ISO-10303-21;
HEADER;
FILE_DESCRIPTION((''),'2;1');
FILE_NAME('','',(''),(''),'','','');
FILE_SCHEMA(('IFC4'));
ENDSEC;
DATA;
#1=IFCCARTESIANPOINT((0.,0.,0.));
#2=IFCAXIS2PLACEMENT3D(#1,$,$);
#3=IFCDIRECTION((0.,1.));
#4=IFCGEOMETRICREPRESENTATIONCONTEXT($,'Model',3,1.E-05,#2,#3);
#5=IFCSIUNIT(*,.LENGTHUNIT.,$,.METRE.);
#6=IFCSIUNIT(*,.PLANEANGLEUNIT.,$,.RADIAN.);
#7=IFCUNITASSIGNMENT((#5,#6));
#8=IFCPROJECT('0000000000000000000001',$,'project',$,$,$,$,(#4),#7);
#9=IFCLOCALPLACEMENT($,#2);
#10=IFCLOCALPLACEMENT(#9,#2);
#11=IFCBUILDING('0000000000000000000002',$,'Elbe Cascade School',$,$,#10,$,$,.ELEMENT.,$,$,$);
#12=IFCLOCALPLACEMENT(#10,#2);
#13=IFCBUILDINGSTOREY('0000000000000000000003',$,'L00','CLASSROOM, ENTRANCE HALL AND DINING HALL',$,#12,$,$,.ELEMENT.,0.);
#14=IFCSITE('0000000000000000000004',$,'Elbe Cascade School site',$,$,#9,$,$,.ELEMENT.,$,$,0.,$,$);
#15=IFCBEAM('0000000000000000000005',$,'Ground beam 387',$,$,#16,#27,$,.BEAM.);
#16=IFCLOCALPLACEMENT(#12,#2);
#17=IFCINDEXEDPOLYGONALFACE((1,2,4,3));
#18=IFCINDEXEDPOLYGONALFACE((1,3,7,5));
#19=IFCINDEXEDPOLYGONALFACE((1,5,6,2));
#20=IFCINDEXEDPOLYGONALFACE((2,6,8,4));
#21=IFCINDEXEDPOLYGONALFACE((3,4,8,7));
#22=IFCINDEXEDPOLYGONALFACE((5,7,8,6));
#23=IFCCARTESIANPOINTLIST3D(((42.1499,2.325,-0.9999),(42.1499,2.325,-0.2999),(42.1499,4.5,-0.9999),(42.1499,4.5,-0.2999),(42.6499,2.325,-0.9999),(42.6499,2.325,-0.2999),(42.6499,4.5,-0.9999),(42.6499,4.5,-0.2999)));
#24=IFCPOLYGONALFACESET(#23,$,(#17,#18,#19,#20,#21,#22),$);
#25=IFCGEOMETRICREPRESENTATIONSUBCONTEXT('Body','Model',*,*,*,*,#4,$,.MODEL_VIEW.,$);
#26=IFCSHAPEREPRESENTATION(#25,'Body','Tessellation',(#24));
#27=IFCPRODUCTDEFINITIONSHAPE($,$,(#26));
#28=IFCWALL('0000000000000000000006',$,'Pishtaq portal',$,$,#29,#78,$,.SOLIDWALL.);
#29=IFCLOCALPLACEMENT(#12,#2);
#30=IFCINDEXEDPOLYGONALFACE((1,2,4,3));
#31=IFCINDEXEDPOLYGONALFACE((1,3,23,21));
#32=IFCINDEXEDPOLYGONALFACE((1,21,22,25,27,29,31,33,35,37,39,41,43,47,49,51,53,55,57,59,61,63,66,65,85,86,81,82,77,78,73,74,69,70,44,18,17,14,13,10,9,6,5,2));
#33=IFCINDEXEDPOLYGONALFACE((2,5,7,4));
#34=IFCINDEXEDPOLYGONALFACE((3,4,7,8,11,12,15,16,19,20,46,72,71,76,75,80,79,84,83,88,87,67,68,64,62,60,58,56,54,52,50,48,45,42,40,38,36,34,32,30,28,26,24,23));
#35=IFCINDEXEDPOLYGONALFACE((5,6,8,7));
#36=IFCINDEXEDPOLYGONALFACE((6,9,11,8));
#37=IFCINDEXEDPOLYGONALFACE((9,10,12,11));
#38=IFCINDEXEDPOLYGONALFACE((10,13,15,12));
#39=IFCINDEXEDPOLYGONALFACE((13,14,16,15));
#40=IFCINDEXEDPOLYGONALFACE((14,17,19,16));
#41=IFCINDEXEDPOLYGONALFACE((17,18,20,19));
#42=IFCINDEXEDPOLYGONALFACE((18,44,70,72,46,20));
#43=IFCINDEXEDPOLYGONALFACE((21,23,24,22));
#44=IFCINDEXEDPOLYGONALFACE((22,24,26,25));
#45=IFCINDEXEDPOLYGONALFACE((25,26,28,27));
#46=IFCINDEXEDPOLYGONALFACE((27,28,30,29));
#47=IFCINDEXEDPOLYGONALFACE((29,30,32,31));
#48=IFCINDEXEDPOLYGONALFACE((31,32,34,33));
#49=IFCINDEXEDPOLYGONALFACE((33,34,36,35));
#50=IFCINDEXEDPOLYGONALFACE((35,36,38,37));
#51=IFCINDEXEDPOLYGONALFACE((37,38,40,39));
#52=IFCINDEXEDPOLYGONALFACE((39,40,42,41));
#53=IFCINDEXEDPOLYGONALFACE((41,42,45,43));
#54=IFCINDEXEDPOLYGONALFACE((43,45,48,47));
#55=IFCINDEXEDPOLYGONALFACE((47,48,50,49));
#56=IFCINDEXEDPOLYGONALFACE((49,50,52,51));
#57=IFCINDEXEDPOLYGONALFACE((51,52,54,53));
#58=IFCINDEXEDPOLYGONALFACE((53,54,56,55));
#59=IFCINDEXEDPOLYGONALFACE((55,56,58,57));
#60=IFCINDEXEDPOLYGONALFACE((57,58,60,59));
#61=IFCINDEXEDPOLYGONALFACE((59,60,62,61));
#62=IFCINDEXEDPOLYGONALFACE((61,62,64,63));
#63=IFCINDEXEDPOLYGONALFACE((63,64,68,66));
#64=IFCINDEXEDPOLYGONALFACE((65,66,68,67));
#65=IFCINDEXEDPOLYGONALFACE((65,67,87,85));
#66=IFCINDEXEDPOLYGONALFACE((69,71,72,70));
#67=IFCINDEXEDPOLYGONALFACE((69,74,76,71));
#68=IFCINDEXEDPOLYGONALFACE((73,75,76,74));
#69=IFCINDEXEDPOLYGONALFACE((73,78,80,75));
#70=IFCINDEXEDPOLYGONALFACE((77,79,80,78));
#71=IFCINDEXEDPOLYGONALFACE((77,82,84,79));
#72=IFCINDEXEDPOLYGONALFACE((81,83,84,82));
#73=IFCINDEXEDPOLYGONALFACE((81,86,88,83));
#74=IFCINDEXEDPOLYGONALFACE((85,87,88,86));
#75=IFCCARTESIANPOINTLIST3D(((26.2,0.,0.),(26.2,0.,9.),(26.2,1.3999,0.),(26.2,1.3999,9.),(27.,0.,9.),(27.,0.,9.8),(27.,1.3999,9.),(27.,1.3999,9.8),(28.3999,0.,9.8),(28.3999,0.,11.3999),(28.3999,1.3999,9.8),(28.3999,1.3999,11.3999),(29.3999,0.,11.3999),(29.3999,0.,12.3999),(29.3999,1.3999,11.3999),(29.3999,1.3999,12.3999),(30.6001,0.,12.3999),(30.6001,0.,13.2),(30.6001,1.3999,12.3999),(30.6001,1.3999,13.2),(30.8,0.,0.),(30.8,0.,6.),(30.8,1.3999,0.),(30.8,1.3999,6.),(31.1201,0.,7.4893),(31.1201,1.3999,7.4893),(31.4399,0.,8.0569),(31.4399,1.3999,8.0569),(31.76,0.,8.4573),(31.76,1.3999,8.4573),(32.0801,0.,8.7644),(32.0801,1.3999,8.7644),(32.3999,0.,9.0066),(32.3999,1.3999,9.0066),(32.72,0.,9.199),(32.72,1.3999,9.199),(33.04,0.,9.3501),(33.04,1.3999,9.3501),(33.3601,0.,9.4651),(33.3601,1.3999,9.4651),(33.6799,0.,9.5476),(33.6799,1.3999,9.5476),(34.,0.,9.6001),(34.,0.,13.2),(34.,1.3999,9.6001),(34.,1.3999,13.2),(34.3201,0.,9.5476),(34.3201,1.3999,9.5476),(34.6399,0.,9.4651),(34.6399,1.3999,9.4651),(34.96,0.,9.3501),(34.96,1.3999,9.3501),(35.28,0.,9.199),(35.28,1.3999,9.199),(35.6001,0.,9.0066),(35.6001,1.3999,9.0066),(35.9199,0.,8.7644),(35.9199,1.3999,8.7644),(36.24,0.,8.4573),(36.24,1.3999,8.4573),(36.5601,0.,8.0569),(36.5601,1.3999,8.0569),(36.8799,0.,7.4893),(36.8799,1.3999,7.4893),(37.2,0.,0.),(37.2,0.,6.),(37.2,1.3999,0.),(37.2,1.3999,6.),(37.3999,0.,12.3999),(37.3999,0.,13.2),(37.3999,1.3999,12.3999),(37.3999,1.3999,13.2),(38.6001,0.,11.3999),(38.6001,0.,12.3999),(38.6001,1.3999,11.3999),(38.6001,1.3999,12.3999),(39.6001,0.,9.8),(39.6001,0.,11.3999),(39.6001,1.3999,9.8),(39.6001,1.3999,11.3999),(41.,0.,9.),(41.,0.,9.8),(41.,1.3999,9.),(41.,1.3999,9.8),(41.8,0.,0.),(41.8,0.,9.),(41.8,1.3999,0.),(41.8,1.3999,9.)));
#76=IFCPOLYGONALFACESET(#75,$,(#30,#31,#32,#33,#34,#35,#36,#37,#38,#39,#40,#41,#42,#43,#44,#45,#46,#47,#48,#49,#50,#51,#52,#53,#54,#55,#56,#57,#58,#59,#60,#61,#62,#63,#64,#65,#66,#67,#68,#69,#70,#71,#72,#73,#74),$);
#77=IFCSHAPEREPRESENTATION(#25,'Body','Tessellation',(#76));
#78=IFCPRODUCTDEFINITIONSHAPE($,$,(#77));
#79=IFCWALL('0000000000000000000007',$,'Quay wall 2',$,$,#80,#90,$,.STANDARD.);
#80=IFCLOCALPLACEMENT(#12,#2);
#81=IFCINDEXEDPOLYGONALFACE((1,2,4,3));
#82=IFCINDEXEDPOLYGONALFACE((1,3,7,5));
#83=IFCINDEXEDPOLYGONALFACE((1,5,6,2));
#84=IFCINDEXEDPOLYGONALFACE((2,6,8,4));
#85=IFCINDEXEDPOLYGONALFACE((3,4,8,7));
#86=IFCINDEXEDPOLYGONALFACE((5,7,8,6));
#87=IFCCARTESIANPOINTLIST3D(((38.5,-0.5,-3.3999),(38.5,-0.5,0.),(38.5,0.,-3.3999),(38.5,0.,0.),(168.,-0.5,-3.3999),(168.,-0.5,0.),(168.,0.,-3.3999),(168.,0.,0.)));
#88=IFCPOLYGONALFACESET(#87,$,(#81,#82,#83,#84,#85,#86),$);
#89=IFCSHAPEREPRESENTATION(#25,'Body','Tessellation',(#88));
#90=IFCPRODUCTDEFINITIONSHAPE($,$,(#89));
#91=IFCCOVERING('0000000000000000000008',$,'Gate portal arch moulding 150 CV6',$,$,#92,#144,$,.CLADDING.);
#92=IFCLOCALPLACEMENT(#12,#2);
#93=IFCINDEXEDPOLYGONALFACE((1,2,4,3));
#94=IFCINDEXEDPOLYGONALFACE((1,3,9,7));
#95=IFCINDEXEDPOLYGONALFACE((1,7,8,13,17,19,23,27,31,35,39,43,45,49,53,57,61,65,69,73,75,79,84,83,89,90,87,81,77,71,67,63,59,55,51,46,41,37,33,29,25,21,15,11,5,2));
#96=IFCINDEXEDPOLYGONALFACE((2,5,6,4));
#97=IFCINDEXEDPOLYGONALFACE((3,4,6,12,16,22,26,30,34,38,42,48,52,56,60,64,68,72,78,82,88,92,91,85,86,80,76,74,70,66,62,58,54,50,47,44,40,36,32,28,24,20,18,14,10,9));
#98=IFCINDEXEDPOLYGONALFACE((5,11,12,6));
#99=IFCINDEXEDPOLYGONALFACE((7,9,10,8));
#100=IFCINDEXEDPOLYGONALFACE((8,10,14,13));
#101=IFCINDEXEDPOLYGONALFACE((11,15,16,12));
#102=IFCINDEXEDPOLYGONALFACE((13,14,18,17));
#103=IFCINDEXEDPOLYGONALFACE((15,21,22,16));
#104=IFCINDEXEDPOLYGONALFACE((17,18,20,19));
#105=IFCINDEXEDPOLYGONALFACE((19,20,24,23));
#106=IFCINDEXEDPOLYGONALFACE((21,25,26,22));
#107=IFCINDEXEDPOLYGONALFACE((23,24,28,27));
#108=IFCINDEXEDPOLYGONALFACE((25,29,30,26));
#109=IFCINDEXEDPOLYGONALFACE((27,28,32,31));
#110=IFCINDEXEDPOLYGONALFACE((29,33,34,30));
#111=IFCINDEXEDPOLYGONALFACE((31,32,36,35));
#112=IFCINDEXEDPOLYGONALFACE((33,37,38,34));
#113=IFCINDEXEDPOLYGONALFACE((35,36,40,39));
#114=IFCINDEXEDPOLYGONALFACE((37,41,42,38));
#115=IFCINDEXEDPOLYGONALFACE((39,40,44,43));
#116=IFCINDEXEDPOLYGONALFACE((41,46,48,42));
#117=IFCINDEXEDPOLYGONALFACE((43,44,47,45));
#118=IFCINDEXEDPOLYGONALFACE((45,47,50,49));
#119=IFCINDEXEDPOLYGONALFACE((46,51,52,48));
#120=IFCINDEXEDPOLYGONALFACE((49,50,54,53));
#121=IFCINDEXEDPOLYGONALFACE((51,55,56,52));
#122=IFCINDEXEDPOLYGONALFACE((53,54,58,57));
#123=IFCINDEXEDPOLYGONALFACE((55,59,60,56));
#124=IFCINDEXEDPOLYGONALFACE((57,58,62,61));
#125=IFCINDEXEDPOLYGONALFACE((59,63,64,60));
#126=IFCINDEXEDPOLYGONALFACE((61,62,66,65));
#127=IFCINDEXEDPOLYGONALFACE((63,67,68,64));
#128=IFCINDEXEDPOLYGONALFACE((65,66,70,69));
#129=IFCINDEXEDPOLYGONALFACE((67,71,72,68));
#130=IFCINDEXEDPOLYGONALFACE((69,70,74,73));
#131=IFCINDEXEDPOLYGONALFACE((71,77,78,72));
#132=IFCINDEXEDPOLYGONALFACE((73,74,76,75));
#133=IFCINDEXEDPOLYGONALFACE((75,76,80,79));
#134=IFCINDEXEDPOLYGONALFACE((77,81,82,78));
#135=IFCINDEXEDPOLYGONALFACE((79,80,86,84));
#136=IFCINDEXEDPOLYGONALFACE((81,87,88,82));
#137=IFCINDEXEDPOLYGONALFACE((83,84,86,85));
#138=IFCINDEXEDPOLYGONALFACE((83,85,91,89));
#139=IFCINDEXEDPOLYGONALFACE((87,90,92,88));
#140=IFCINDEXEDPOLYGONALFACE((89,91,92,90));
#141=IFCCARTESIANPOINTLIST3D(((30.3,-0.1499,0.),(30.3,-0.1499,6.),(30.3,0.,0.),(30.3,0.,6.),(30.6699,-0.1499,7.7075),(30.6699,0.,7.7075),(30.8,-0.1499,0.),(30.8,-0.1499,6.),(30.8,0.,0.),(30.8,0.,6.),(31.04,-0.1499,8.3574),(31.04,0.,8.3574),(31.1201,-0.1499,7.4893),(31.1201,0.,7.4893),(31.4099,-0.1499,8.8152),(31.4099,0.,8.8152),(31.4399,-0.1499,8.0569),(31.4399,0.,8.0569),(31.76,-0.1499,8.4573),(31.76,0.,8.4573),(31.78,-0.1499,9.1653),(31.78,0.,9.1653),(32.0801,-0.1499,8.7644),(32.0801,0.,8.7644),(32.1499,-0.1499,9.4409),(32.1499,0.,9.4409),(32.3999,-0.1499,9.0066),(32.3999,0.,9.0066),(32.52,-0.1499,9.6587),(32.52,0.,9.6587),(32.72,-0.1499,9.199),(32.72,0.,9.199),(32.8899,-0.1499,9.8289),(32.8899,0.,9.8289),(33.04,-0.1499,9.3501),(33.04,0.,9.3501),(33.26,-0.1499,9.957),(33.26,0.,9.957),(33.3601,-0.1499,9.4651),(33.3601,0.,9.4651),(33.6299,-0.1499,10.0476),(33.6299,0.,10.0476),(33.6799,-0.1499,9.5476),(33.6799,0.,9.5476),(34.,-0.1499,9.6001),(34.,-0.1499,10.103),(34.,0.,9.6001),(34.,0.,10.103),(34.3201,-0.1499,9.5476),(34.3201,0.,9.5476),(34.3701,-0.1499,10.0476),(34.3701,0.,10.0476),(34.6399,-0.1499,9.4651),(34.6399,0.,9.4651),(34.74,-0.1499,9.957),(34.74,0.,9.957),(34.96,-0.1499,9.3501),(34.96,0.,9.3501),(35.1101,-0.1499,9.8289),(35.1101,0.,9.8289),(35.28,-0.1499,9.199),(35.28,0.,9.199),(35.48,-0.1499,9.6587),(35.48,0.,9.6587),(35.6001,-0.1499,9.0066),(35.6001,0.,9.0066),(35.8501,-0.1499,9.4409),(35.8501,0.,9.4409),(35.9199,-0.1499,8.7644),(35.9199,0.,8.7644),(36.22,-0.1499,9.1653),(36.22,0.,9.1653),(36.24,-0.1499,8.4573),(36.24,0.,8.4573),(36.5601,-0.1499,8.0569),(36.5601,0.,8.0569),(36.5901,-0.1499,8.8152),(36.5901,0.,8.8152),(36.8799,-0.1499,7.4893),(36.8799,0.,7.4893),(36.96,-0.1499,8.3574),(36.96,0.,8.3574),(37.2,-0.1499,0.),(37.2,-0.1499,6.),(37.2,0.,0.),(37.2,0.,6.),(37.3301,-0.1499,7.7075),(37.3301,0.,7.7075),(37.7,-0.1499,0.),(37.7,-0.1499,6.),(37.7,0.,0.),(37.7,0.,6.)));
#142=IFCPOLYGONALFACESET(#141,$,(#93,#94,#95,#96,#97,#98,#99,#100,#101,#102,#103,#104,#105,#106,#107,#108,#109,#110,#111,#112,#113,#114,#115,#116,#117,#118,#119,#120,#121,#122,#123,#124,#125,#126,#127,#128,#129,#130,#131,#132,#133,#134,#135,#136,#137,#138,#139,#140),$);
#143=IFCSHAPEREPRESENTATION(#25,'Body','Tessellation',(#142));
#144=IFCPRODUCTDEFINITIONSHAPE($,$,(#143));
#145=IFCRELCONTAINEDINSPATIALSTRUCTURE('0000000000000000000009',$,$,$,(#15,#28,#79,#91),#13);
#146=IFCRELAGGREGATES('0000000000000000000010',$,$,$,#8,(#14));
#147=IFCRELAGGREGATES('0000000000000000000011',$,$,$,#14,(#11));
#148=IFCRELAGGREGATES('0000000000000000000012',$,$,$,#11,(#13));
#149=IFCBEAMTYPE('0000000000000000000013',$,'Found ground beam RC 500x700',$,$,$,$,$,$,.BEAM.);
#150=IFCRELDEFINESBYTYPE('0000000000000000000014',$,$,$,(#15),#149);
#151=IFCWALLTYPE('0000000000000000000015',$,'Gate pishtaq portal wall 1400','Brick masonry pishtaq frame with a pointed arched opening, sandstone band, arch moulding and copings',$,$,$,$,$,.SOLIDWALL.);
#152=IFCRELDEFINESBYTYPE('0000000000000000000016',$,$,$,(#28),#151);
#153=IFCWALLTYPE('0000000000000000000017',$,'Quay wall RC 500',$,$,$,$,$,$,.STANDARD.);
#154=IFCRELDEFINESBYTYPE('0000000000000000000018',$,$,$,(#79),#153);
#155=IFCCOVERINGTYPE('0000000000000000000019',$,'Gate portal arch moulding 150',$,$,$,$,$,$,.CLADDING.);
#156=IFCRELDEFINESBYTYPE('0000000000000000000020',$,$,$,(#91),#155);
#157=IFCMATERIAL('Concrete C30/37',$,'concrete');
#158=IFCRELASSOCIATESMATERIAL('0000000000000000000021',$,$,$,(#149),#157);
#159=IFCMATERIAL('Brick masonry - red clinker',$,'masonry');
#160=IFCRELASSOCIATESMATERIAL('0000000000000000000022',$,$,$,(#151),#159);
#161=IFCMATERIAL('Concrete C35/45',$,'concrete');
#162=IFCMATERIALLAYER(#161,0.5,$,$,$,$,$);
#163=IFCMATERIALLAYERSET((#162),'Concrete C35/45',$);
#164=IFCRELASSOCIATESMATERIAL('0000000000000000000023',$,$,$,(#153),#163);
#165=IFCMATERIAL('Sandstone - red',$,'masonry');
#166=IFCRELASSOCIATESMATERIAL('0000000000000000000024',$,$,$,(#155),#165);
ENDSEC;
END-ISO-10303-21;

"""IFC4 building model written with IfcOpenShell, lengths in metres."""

from ifc_helpers import new_model, si_unit, direction, frame, frame_2d, origin, origin_2d, place, context, subcontext, project, spatial, polyline, rectangle, outline, extrude, material, layer, layer_set, material_profile, profile_set, type_object, element, save


model = new_model("IFC4")

# Units and contexts
model_context = context("Model", 3, precision=1e-05, world=origin(), true_north=direction((0.0, 1.0)))
body_context = subcontext(model_context, "Body", "Model", "MODEL_VIEW")
ifc_project = project(units=[si_unit("LENGTHUNIT", "METRE"), si_unit("PLANEANGLEUNIT", "RADIAN")], contexts=[model_context])

# Site, building, storey
site_placement = place(None, origin())
site = spatial("IfcSite", under=ifc_project, at=site_placement, Name="Elbe Cascade School site", CompositionType="ELEMENT", RefElevation=0.0)
building_placement = place(site_placement, origin())
building = spatial("IfcBuilding", under=site, at=building_placement, Name="Elbe Cascade School", CompositionType="ELEMENT")
storey_placement = place(building_placement, origin())
storey = spatial("IfcBuildingStorey", under=building, at=storey_placement, Name="L00", Description="CLASSROOM, ENTRANCE HALL AND DINING HALL", CompositionType="ELEMENT", Elevation=0.0)

# Beam
ifc_material_1 = material(Name="Concrete C30/37", Category="concrete")
ifc_material_profile_1 = material_profile(ifc_material_1, rectangle(XDim=0.5, YDim=0.7, at=origin_2d()), Name="RC 500x700")
ifc_profile_set_1 = profile_set([ifc_material_profile_1], Name="Concrete C30/37")
beam_type_1 = type_object("IfcBeamType", Name="Found ground beam RC 500x700", PredefinedType="BEAM", material=ifc_profile_set_1)
beam_1_placement = place(storey_placement, frame((42.3999, 2.325, -0.6499), z_axis=(0.0, 1.0, 0.0), x_axis=(-1.0, 0.0, 0.0)))
element("IfcBeam", 1, at=beam_1_placement, inside=storey, type_object=beam_type_1, Name="Ground beam 387", PredefinedType="BEAM", context=body_context, shape_type="SweptSolid", body=[
    extrude(rectangle(XDim=0.5, YDim=0.7, at=origin_2d()), origin(), (0.0, 0.0, 1.0), 2.175),
])

# Walls
ifc_material_2 = material(Name="Brick masonry - red clinker", Category="masonry")
ifc_material_profile_2 = material_profile(ifc_material_2, outline(polyline([(-7.8, 0.0), (-3.2, 0.0), (-3.2, 6.0), (-2.8799, 7.4893), (-2.5601, 8.0569), (-2.24, 8.4573), (-1.9199, 8.7644), (-1.6001, 9.0066), (-1.28, 9.199), (-0.96, 9.3501), (-0.6399, 9.4651), (-0.3201, 9.5476), (0.0, 9.6001), (0.3201, 9.5476), (0.6399, 9.4651), (0.96, 9.3501), (1.28, 9.199), (1.6001, 9.0066), (1.9199, 8.7644), (2.24, 8.4573), (2.5601, 8.0569), (2.8799, 7.4893), (3.2, 6.0), (3.2, 0.0), (7.8, 0.0), (7.8, 9.0), (7.0, 9.0), (7.0, 9.8), (5.6001, 9.8), (5.6001, 11.3999), (4.6001, 11.3999), (4.6001, 12.3999), (3.3999, 12.3999), (3.3999, 13.2), (0.0, 13.2), (-3.3999, 13.2), (-3.3999, 12.3999), (-4.6001, 12.3999), (-4.6001, 11.3999), (-5.6001, 11.3999), (-5.6001, 9.8), (-7.0, 9.8), (-7.0, 9.0), (-7.8, 9.0), (-7.8, 0.0)])), Name="Portal face 15600 x 13200")
ifc_profile_set_2 = profile_set([ifc_material_profile_2], Name="Brick masonry - red clinker")
wall_type_1 = type_object("IfcWallType", Name="Gate pishtaq portal wall 1400", Description="Brick masonry pishtaq frame with a pointed arched opening, sandstone band, arch moulding and copings", PredefinedType="SOLIDWALL", material=ifc_profile_set_2)
wall_1_placement = place(storey_placement, frame((34.0, 0.0, 0.0), z_axis=(0.0, 1.0, 0.0), x_axis=(-1.0, 0.0, 0.0)))
element("IfcWall", 2, at=wall_1_placement, inside=storey, type_object=wall_type_1, Name="Pishtaq portal", PredefinedType="SOLIDWALL", context=body_context, shape_type="SweptSolid", body=[
    extrude(outline(polyline([(-7.8, 0.0), (-3.2, 0.0), (-3.2, 6.0), (-2.8799, 7.4893), (-2.5601, 8.0569), (-2.24, 8.4573), (-1.9199, 8.7644), (-1.6001, 9.0066), (-1.28, 9.199), (-0.96, 9.3501), (-0.6399, 9.4651), (-0.3201, 9.5476), (0.0, 9.6001), (0.3201, 9.5476), (0.6399, 9.4651), (0.96, 9.3501), (1.28, 9.199), (1.6001, 9.0066), (1.9199, 8.7644), (2.24, 8.4573), (2.5601, 8.0569), (2.8799, 7.4893), (3.2, 6.0), (3.2, 0.0), (7.8, 0.0), (7.8, 9.0), (7.0, 9.0), (7.0, 9.8), (5.6001, 9.8), (5.6001, 11.3999), (4.6001, 11.3999), (4.6001, 12.3999), (3.3999, 12.3999), (3.3999, 13.2), (0.0, 13.2), (-3.3999, 13.2), (-3.3999, 12.3999), (-4.6001, 12.3999), (-4.6001, 11.3999), (-5.6001, 11.3999), (-5.6001, 9.8), (-7.0, 9.8), (-7.0, 9.0), (-7.8, 9.0), (-7.8, 0.0)])), origin(), (0.0, 0.0, 1.0), 1.3999),
])
ifc_material_3 = material(Name="Concrete C35/45", Category="concrete")
ifc_layer_1 = layer(ifc_material_3, 0.5)
ifc_layer_set_1 = layer_set([ifc_layer_1], Name="Concrete C35/45")
wall_type_2 = type_object("IfcWallType", Name="Quay wall RC 500", PredefinedType="STANDARD", material=ifc_layer_set_1)
wall_2_placement = place(storey_placement, frame((38.5, -0.25, -3.3999), z_axis=(0.0, 0.0, 1.0), x_axis=(1.0, 0.0, 0.0)))
element("IfcWall", 3, at=wall_2_placement, inside=storey, type_object=wall_type_2, Name="Quay wall 2", PredefinedType="STANDARD", context=body_context, shape_type="SweptSolid", body=[
    extrude(rectangle(XDim=129.5, YDim=0.5, at=frame_2d((64.75, 0.0))), origin(), (0.0, 0.0, 1.0), 3.3999),
])

# Covering
ifc_material_4 = material(Name="Sandstone - red", Category="masonry")
ifc_material_profile_3 = material_profile(ifc_material_4, outline(polyline([(-3.7, 0.0), (-3.7, 6.0), (-3.3301, 7.7075), (-2.96, 8.3574), (-2.5901, 8.8152), (-2.22, 9.1653), (-1.8501, 9.4409), (-1.48, 9.6587), (-1.1101, 9.8289), (-0.74, 9.957), (-0.3701, 10.0476), (0.0, 10.103), (0.3701, 10.0476), (0.74, 9.957), (1.1101, 9.8289), (1.48, 9.6587), (1.8501, 9.4409), (2.22, 9.1653), (2.5901, 8.8152), (2.96, 8.3574), (3.3301, 7.7075), (3.7, 6.0), (3.7, 0.0), (3.2, 0.0), (3.2, 6.0), (2.8799, 7.4893), (2.5601, 8.0569), (2.24, 8.4573), (1.9199, 8.7644), (1.6001, 9.0066), (1.28, 9.199), (0.96, 9.3501), (0.6399, 9.4651), (0.3201, 9.5476), (0.0, 9.6001), (-0.3201, 9.5476), (-0.6399, 9.4651), (-0.96, 9.3501), (-1.28, 9.199), (-1.6001, 9.0066), (-1.9199, 8.7644), (-2.24, 8.4573), (-2.5601, 8.0569), (-2.8799, 7.4893), (-3.2, 6.0), (-3.2, 0.0), (-3.7, 0.0)])), Name="Arch moulding face")
ifc_profile_set_3 = profile_set([ifc_material_profile_3], Name="Sandstone - red")
covering_type_1 = type_object("IfcCoveringType", Name="Gate portal arch moulding 150", PredefinedType="CLADDING", material=ifc_profile_set_3)
covering_1_placement = place(storey_placement, frame((34.0, -0.1499, 0.0), z_axis=(0.0, 1.0, 0.0), x_axis=(-1.0, 0.0, 0.0)))
element("IfcCovering", 4, at=covering_1_placement, inside=storey, type_object=covering_type_1, Name="Gate portal arch moulding 150 CV6", PredefinedType="CLADDING", context=body_context, shape_type="SweptSolid", body=[
    extrude(outline(polyline([(-3.7, 0.0), (-3.7, 6.0), (-3.3301, 7.7075), (-2.96, 8.3574), (-2.5901, 8.8152), (-2.22, 9.1653), (-1.8501, 9.4409), (-1.48, 9.6587), (-1.1101, 9.8289), (-0.74, 9.957), (-0.3701, 10.0476), (0.0, 10.103), (0.3701, 10.0476), (0.74, 9.957), (1.1101, 9.8289), (1.48, 9.6587), (1.8501, 9.4409), (2.22, 9.1653), (2.5901, 8.8152), (2.96, 8.3574), (3.3301, 7.7075), (3.7, 6.0), (3.7, 0.0), (3.2, 0.0), (3.2, 6.0), (2.8799, 7.4893), (2.5601, 8.0569), (2.24, 8.4573), (1.9199, 8.7644), (1.6001, 9.0066), (1.28, 9.199), (0.96, 9.3501), (0.6399, 9.4651), (0.3201, 9.5476), (0.0, 9.6001), (-0.3201, 9.5476), (-0.6399, 9.4651), (-0.96, 9.3501), (-1.28, 9.199), (-1.6001, 9.0066), (-1.9199, 8.7644), (-2.24, 8.4573), (-2.5601, 8.0569), (-2.8799, 7.4893), (-3.2, 6.0), (-3.2, 0.0), (-3.7, 0.0)])), origin(), (0.0, 0.0, 1.0), 0.1499),
])

save(model, "model.ifc")
